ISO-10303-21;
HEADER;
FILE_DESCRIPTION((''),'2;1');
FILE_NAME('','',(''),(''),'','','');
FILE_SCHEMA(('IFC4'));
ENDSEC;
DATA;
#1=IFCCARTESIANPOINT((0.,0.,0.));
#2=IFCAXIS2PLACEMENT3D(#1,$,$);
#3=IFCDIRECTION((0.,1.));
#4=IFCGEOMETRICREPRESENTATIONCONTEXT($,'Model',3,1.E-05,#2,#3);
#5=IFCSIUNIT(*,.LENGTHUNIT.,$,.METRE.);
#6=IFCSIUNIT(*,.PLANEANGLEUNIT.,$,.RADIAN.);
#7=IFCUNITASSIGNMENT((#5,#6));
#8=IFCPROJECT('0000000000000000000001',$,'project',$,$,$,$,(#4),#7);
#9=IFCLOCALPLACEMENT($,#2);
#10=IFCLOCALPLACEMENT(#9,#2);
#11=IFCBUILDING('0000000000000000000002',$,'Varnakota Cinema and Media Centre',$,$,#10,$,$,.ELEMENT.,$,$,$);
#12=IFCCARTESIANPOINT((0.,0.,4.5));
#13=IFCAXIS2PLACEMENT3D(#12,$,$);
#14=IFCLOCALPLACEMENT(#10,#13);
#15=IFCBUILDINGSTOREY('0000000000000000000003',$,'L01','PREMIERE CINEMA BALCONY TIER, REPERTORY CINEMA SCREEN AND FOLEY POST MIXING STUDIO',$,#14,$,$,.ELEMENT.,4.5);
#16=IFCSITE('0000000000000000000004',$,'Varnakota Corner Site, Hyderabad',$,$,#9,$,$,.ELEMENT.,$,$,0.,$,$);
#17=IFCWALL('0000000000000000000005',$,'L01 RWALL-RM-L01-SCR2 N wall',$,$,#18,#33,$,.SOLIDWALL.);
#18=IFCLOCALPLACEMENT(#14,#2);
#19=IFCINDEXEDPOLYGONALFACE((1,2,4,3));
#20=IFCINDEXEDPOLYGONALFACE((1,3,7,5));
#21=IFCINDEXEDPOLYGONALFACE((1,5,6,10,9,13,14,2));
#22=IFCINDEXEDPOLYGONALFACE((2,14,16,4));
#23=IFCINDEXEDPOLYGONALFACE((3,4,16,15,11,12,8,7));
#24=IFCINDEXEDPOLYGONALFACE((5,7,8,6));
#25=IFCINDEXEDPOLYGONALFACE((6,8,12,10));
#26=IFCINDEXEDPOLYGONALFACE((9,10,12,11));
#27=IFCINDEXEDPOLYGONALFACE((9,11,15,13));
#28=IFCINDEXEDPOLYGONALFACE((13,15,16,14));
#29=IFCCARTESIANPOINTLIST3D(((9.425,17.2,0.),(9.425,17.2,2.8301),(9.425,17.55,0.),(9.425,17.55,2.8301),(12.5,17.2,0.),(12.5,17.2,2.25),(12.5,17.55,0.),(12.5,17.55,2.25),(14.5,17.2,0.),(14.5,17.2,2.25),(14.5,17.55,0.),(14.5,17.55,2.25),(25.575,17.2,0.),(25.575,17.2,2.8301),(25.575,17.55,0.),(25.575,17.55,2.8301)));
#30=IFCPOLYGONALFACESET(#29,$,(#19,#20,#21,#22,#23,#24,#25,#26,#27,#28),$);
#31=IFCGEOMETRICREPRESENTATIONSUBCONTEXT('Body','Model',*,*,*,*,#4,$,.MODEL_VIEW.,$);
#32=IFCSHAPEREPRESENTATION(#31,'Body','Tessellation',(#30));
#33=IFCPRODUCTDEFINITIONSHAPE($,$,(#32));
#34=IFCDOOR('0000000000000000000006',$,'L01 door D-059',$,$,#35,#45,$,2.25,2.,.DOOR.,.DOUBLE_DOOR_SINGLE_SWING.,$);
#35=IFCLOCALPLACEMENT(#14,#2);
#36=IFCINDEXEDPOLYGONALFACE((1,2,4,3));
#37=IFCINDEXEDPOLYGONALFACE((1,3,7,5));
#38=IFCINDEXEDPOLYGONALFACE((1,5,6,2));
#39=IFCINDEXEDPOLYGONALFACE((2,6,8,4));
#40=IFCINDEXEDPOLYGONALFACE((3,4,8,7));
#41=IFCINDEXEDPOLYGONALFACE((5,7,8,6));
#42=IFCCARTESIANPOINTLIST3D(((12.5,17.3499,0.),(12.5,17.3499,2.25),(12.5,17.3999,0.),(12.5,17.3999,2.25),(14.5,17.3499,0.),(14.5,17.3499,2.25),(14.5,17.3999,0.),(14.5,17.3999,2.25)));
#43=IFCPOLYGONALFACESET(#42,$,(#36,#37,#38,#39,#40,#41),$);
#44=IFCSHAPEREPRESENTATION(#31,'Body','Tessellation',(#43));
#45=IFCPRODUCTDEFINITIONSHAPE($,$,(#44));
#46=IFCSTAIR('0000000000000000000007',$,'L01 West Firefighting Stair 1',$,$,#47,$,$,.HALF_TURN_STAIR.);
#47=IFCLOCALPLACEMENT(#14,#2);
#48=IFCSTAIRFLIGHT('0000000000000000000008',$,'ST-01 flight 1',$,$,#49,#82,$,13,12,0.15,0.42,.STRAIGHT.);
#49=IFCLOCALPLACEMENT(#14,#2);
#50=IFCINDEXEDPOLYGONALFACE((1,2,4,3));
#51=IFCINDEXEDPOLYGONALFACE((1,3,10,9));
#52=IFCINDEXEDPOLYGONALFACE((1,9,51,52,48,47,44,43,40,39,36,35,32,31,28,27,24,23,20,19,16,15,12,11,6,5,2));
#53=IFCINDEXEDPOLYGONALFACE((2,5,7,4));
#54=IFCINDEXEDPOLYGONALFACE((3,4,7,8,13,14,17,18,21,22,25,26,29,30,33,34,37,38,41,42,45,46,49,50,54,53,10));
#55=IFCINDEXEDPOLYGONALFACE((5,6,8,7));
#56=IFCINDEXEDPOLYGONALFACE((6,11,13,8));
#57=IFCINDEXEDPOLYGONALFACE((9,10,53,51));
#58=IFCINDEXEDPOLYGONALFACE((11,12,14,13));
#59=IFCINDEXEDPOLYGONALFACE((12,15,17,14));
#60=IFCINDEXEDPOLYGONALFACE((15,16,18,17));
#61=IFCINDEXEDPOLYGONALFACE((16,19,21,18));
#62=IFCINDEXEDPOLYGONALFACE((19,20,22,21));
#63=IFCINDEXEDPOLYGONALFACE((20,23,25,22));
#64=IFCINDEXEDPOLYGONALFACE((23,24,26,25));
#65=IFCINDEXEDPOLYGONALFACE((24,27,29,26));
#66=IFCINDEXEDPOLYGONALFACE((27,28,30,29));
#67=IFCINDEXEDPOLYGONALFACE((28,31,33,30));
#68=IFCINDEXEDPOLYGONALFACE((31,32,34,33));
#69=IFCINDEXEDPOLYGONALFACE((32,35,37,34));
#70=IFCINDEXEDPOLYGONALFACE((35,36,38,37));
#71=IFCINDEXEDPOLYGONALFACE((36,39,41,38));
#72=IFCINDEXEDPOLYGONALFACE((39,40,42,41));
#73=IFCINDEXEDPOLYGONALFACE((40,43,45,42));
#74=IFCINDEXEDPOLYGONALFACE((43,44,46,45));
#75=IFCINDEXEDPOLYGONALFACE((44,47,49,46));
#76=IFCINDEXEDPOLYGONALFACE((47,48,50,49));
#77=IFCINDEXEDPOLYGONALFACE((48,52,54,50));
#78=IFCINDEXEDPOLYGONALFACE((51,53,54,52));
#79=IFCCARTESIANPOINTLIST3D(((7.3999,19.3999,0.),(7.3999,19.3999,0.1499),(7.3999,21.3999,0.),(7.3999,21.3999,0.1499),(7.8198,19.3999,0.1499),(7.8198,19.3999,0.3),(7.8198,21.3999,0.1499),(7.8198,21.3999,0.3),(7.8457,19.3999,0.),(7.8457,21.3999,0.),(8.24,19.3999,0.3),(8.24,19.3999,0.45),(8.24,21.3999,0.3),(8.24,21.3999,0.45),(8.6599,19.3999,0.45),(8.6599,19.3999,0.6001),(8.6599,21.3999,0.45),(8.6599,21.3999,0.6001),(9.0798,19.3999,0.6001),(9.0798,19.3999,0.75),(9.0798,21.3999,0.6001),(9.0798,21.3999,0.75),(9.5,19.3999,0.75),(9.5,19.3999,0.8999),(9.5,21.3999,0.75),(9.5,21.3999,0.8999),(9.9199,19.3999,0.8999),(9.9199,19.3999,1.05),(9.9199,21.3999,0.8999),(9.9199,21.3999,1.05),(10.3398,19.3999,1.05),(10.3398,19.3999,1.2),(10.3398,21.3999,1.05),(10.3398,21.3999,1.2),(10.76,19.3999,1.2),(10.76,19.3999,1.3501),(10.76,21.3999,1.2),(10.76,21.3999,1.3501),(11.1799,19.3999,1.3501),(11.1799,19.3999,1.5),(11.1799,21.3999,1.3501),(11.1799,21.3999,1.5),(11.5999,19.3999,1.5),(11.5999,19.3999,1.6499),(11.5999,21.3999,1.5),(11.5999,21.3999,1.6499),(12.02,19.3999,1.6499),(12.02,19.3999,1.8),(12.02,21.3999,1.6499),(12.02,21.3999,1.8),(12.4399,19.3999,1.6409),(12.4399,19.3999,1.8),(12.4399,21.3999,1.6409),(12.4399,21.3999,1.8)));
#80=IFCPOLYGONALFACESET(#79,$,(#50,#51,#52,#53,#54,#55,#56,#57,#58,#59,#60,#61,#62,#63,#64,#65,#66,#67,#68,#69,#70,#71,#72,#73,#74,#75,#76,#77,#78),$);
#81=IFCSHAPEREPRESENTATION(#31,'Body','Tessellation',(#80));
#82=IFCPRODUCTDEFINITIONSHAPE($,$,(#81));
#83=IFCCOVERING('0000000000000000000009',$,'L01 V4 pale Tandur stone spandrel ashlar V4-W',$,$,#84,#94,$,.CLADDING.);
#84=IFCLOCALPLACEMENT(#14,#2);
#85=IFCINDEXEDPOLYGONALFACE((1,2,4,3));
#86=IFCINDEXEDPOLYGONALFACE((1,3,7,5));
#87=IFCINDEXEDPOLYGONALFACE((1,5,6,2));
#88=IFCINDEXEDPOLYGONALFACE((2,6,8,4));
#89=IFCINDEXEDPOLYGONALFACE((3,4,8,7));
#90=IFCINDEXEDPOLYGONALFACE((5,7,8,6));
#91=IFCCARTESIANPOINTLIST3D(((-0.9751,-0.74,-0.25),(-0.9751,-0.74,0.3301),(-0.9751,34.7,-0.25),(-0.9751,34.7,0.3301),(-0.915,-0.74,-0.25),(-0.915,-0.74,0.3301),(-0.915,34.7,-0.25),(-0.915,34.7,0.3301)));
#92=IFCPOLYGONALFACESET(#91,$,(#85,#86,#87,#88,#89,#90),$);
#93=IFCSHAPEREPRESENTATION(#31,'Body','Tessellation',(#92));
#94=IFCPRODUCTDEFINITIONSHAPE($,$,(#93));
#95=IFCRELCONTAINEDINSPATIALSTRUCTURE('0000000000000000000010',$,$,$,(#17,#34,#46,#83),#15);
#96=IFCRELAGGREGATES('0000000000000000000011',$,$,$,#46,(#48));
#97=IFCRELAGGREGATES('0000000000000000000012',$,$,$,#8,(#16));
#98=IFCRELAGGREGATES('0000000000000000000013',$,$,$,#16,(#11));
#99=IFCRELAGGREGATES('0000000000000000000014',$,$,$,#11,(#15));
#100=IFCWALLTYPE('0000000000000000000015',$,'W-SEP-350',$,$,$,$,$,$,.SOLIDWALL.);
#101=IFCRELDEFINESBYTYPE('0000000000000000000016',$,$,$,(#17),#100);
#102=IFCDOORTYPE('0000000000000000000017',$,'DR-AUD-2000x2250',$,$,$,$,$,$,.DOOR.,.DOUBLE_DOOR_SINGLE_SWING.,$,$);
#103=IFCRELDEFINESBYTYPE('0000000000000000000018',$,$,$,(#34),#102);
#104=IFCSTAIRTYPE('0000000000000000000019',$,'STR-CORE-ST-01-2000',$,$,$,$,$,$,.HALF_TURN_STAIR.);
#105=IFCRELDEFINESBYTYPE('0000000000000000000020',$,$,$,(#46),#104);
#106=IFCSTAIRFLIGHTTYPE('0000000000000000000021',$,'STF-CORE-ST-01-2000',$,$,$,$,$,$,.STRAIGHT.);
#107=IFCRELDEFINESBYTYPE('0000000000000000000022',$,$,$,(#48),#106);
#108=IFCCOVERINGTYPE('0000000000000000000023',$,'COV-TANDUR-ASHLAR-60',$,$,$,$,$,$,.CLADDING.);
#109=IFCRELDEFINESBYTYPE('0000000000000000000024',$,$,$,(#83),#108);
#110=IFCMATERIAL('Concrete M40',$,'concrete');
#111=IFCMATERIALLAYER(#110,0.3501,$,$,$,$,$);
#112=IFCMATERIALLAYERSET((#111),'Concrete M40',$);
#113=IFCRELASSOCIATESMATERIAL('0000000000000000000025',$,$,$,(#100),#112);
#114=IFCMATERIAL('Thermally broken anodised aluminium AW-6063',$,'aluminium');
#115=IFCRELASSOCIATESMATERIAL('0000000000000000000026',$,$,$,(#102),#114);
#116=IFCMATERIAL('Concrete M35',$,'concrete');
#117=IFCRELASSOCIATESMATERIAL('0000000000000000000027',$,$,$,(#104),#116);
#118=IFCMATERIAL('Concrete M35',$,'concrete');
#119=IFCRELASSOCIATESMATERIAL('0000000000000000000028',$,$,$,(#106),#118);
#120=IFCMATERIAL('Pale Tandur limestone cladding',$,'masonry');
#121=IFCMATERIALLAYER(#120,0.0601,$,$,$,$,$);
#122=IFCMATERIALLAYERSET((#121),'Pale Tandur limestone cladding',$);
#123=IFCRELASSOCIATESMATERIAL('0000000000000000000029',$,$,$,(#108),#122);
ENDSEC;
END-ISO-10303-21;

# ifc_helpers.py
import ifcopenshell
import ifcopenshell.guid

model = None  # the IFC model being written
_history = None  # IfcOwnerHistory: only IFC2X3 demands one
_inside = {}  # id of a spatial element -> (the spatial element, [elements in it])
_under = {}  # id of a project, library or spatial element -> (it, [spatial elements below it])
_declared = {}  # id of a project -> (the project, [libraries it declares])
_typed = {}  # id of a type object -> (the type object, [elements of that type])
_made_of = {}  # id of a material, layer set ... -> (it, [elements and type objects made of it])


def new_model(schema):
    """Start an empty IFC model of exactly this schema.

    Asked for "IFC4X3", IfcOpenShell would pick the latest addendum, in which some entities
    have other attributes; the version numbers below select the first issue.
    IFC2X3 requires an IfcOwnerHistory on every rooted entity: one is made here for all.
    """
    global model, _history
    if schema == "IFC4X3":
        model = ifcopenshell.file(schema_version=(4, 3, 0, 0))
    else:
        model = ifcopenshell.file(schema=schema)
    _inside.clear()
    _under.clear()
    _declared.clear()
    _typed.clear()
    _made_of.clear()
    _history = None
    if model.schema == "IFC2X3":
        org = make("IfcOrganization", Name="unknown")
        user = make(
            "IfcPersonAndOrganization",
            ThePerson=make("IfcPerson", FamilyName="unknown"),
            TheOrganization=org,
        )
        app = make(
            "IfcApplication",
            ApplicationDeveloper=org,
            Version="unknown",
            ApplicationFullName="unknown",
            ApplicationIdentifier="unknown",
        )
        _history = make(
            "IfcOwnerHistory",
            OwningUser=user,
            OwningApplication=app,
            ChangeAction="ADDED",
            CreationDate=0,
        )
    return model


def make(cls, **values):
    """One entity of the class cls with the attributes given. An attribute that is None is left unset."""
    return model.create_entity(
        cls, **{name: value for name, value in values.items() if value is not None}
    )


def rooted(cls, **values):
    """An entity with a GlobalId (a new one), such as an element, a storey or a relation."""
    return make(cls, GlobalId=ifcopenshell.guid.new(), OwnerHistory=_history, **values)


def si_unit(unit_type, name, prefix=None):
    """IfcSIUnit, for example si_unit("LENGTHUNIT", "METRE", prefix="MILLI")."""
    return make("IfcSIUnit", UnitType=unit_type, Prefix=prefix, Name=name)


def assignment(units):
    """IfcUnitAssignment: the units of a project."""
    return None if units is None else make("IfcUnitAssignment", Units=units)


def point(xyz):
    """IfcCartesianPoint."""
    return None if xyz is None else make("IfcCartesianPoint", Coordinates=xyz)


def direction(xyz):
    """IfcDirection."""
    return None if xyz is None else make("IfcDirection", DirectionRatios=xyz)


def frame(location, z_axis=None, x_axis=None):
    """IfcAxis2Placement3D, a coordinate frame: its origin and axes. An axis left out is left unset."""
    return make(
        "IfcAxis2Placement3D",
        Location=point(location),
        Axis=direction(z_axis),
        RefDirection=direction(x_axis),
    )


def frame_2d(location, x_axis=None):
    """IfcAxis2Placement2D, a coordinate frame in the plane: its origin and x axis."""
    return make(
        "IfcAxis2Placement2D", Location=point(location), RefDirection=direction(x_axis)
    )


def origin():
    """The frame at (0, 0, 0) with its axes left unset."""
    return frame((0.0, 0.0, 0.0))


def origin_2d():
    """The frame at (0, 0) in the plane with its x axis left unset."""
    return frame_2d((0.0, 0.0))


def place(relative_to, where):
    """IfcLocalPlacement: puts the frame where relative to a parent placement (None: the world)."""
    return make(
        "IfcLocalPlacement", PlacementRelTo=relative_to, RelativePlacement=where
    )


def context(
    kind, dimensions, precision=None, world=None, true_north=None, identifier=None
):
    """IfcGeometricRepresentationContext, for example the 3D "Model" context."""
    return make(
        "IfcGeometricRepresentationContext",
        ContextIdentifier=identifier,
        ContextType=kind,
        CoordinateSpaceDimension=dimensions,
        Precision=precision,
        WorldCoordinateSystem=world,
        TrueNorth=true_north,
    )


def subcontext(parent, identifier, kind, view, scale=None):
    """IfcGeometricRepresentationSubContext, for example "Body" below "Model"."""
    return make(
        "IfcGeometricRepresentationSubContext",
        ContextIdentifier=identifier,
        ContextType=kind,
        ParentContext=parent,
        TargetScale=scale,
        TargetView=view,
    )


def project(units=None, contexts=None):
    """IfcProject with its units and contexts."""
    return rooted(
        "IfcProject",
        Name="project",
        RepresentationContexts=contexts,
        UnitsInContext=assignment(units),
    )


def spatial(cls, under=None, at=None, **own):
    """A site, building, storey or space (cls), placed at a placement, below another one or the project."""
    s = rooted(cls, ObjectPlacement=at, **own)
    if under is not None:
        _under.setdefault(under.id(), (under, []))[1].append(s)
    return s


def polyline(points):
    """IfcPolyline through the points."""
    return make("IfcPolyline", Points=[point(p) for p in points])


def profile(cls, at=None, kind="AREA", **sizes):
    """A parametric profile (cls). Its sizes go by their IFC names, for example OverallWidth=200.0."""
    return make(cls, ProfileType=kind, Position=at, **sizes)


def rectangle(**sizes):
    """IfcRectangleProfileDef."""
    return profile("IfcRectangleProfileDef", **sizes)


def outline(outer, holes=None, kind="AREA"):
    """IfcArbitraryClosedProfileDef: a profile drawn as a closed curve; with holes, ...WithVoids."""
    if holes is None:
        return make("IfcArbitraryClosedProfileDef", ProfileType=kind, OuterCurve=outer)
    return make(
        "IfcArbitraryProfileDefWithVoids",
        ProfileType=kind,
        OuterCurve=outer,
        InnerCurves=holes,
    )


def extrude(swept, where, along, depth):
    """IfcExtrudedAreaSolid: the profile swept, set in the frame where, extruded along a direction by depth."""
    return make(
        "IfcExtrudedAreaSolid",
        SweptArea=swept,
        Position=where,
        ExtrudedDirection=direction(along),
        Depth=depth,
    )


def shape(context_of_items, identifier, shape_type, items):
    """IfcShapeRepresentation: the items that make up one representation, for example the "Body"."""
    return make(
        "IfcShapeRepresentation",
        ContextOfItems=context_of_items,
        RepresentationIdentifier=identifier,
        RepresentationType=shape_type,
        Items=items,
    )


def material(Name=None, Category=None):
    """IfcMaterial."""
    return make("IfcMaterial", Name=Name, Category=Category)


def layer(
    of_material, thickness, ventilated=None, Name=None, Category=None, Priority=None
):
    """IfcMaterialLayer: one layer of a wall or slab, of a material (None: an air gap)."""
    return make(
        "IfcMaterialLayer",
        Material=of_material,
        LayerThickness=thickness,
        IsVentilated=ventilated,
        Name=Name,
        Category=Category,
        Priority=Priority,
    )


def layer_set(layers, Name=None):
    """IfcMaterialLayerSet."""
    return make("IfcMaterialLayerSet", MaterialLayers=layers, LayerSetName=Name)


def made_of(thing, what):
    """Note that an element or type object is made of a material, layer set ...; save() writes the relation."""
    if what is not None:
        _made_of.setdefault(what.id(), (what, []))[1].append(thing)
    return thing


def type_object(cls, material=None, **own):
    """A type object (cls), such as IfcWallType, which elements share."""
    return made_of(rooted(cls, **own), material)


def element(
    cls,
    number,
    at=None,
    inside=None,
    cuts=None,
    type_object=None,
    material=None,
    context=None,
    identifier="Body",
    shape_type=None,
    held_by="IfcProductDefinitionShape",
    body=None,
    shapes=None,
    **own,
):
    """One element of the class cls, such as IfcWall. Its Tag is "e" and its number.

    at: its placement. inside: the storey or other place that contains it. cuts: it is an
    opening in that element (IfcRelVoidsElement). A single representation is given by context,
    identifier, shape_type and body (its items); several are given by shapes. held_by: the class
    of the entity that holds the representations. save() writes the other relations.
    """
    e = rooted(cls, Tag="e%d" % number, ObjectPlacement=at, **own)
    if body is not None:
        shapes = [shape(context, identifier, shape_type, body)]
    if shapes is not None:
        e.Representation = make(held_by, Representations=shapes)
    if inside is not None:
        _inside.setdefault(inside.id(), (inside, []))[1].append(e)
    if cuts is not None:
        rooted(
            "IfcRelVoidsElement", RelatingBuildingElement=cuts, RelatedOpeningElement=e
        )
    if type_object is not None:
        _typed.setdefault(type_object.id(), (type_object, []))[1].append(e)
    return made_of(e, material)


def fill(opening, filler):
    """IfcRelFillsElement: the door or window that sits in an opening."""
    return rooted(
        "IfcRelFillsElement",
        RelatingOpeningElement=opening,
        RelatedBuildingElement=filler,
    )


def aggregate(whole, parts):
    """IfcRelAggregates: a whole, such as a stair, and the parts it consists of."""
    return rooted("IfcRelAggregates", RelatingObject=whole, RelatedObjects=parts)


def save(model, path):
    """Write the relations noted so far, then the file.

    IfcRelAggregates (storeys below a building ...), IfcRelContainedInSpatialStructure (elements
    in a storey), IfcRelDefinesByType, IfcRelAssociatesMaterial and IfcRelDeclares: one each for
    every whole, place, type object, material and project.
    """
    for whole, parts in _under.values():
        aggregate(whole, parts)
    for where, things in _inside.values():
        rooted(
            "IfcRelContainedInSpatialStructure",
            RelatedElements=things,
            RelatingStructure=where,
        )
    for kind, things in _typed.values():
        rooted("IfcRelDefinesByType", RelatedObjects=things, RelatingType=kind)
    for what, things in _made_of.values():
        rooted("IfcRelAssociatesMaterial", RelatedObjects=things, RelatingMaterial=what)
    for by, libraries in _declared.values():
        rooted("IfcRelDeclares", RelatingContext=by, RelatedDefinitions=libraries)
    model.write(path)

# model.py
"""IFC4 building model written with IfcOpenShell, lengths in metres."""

from ifc_helpers import new_model, si_unit, direction, frame, frame_2d, origin, origin_2d, place, context, subcontext, project, spatial, polyline, rectangle, outline, extrude, material, layer, layer_set, type_object, element, fill, aggregate, save


model = new_model("IFC4")

# Units and contexts
model_context = context("Model", 3, precision=1e-05, world=origin(), true_north=direction((0.0, 1.0)))
body_context = subcontext(model_context, "Body", "Model", "MODEL_VIEW")
ifc_project = project(units=[si_unit("LENGTHUNIT", "METRE"), si_unit("PLANEANGLEUNIT", "RADIAN")], contexts=[model_context])

# Site, building, storey
site_placement = place(None, origin())
site = spatial("IfcSite", under=ifc_project, at=site_placement, Name="Varnakota Corner Site, Hyderabad", CompositionType="ELEMENT", RefElevation=0.0)
building_placement = place(site_placement, origin())
building = spatial("IfcBuilding", under=site, at=building_placement, Name="Varnakota Cinema and Media Centre", CompositionType="ELEMENT")
storey_placement = place(building_placement, frame((0.0, 0.0, 4.5)))
storey = spatial("IfcBuildingStorey", under=building, at=storey_placement, Name="L01", Description="PREMIERE CINEMA BALCONY TIER, REPERTORY CINEMA SCREEN AND FOLEY POST MIXING STUDIO", CompositionType="ELEMENT", Elevation=4.5)

# Wall, opening, door
ifc_material_1 = material(Name="Concrete M40", Category="concrete")
ifc_layer_1 = layer(ifc_material_1, 0.3501)
ifc_layer_set_1 = layer_set([ifc_layer_1], Name="Concrete M40")
wall_type_1 = type_object("IfcWallType", Name="W-SEP-350", PredefinedType="SOLIDWALL", material=ifc_layer_set_1)
wall_1_placement = place(storey_placement, frame((9.425, 17.375, 0.0), z_axis=(0.0, 0.0, 1.0), x_axis=(1.0, 0.0, 0.0)))
wall_1 = element("IfcWall", 1, at=wall_1_placement, inside=storey, type_object=wall_type_1, Name="L01 RWALL-RM-L01-SCR2 N wall", PredefinedType="SOLIDWALL", context=body_context, shape_type="SweptSolid", body=[
    extrude(rectangle(XDim=16.1499, YDim=0.3501, at=frame_2d((8.075, 0.0))), origin(), (0.0, 0.0, 1.0), 2.8301),
])
opening_1_placement = place(wall_1_placement, frame((3.075, 0.0, 0.0)))
opening_1 = element("IfcOpeningElement", 2, at=opening_1_placement, cuts=wall_1, PredefinedType="OPENING", context=body_context, shape_type="SweptSolid", body=[
    extrude(rectangle(XDim=2.0, YDim=2.25, at=frame_2d((1.0, 1.125))), frame((0.0, 0.175, 0.0), z_axis=(0.0, -1.0, 0.0), x_axis=(1.0, 0.0, 0.0)), (0.0, 0.0, 1.0), 0.3501),
])
ifc_material_2 = material(Name="Thermally broken anodised aluminium AW-6063", Category="aluminium")
door_type_1 = type_object("IfcDoorType", Name="DR-AUD-2000x2250", OperationType="DOUBLE_DOOR_SINGLE_SWING", PredefinedType="DOOR", material=ifc_material_2)
door_1_placement = place(opening_1_placement, origin())
door_1 = element("IfcDoor", 3, at=door_1_placement, inside=storey, type_object=door_type_1, Name="L01 door D-059", OperationType="DOUBLE_DOOR_SINGLE_SWING", OverallHeight=2.25, OverallWidth=2.0, PredefinedType="DOOR", context=body_context, shape_type="SweptSolid", body=[
    extrude(rectangle(XDim=2.0, YDim=2.25, at=frame_2d((1.0, 1.125))), frame((0.0, 0.0249, 0.0), z_axis=(0.0, -1.0, 0.0), x_axis=(1.0, 0.0, 0.0)), (0.0, 0.0, 1.0), 0.05),
])
fill(opening_1, door_1)

# Stair, stair flight
ifc_material_3 = material(Name="Concrete M35", Category="concrete")
stair_type = type_object("IfcStairType", Name="STR-CORE-ST-01-2000", PredefinedType="HALF_TURN_STAIR", material=ifc_material_3)
stair_placement = place(storey_placement, origin())
stair = element("IfcStair", 4, at=stair_placement, inside=storey, type_object=stair_type, Name="L01 West Firefighting Stair 1", PredefinedType="HALF_TURN_STAIR")
ifc_material_4 = material(Name="Concrete M35", Category="concrete")
stair_flight_type = type_object("IfcStairFlightType", Name="STF-CORE-ST-01-2000", PredefinedType="STRAIGHT", material=ifc_material_4)
stair_flight_placement = place(storey_placement, frame((7.3999, 20.3999, 0.0), z_axis=(0.0, 0.0, 1.0), x_axis=(1.0, 0.0, 0.0)))
stair_flight = element("IfcStairFlight", 5, at=stair_flight_placement, type_object=stair_flight_type, Name="ST-01 flight 1", NumberOfRisers=13, NumberOfTreads=12, PredefinedType="STRAIGHT", RiserHeight=0.15, TreadLength=0.42, context=body_context, shape_type="SweptSolid", body=[
    extrude(outline(polyline([(0.0, 0.0), (0.0, 0.1499), (0.4199, 0.1499), (0.4199, 0.3), (0.8401, 0.3), (0.8401, 0.45), (1.26, 0.45), (1.26, 0.6001), (1.6799, 0.6001), (1.6799, 0.75), (2.1001, 0.75), (2.1001, 0.8999), (2.52, 0.8999), (2.52, 1.05), (2.9399, 1.05), (2.9399, 1.2), (3.3601, 1.2), (3.3601, 1.3501), (3.78, 1.3501), (3.78, 1.5), (4.2, 1.5), (4.2, 1.6499), (4.6201, 1.6499), (4.6201, 1.8), (5.04, 1.8), (5.04, 1.95), (5.04, 1.6409), (0.4458, 0.0), (0.0, 0.0)])), frame((0.0, 1.0, 0.0), z_axis=(0.0, -1.0, 0.0), x_axis=(1.0, 0.0, 0.0)), (0.0, 0.0, 1.0), 2.0),
])
aggregate(stair, [stair_flight])

# Covering
ifc_material_5 = material(Name="Pale Tandur limestone cladding", Category="masonry")
ifc_layer_2 = layer(ifc_material_5, 0.0601)
ifc_layer_set_2 = layer_set([ifc_layer_2], Name="Pale Tandur limestone cladding")
covering_type = type_object("IfcCoveringType", Name="COV-TANDUR-ASHLAR-60", PredefinedType="CLADDING", material=ifc_layer_set_2)
covering_placement = place(storey_placement, frame((-0.9451, 16.98, -0.25), z_axis=(0.0, 0.0, 1.0), x_axis=(0.0, 1.0, 0.0)))
element("IfcCovering", 6, at=covering_placement, inside=storey, type_object=covering_type, Name="L01 V4 pale Tandur stone spandrel ashlar V4-W", PredefinedType="CLADDING", context=body_context, shape_type="SweptSolid", body=[
    extrude(rectangle(XDim=35.4399, YDim=0.0601, at=origin_2d()), origin(), (0.0, 0.0, 1.0), 0.5801),
])

save(model, "model.ifc")
